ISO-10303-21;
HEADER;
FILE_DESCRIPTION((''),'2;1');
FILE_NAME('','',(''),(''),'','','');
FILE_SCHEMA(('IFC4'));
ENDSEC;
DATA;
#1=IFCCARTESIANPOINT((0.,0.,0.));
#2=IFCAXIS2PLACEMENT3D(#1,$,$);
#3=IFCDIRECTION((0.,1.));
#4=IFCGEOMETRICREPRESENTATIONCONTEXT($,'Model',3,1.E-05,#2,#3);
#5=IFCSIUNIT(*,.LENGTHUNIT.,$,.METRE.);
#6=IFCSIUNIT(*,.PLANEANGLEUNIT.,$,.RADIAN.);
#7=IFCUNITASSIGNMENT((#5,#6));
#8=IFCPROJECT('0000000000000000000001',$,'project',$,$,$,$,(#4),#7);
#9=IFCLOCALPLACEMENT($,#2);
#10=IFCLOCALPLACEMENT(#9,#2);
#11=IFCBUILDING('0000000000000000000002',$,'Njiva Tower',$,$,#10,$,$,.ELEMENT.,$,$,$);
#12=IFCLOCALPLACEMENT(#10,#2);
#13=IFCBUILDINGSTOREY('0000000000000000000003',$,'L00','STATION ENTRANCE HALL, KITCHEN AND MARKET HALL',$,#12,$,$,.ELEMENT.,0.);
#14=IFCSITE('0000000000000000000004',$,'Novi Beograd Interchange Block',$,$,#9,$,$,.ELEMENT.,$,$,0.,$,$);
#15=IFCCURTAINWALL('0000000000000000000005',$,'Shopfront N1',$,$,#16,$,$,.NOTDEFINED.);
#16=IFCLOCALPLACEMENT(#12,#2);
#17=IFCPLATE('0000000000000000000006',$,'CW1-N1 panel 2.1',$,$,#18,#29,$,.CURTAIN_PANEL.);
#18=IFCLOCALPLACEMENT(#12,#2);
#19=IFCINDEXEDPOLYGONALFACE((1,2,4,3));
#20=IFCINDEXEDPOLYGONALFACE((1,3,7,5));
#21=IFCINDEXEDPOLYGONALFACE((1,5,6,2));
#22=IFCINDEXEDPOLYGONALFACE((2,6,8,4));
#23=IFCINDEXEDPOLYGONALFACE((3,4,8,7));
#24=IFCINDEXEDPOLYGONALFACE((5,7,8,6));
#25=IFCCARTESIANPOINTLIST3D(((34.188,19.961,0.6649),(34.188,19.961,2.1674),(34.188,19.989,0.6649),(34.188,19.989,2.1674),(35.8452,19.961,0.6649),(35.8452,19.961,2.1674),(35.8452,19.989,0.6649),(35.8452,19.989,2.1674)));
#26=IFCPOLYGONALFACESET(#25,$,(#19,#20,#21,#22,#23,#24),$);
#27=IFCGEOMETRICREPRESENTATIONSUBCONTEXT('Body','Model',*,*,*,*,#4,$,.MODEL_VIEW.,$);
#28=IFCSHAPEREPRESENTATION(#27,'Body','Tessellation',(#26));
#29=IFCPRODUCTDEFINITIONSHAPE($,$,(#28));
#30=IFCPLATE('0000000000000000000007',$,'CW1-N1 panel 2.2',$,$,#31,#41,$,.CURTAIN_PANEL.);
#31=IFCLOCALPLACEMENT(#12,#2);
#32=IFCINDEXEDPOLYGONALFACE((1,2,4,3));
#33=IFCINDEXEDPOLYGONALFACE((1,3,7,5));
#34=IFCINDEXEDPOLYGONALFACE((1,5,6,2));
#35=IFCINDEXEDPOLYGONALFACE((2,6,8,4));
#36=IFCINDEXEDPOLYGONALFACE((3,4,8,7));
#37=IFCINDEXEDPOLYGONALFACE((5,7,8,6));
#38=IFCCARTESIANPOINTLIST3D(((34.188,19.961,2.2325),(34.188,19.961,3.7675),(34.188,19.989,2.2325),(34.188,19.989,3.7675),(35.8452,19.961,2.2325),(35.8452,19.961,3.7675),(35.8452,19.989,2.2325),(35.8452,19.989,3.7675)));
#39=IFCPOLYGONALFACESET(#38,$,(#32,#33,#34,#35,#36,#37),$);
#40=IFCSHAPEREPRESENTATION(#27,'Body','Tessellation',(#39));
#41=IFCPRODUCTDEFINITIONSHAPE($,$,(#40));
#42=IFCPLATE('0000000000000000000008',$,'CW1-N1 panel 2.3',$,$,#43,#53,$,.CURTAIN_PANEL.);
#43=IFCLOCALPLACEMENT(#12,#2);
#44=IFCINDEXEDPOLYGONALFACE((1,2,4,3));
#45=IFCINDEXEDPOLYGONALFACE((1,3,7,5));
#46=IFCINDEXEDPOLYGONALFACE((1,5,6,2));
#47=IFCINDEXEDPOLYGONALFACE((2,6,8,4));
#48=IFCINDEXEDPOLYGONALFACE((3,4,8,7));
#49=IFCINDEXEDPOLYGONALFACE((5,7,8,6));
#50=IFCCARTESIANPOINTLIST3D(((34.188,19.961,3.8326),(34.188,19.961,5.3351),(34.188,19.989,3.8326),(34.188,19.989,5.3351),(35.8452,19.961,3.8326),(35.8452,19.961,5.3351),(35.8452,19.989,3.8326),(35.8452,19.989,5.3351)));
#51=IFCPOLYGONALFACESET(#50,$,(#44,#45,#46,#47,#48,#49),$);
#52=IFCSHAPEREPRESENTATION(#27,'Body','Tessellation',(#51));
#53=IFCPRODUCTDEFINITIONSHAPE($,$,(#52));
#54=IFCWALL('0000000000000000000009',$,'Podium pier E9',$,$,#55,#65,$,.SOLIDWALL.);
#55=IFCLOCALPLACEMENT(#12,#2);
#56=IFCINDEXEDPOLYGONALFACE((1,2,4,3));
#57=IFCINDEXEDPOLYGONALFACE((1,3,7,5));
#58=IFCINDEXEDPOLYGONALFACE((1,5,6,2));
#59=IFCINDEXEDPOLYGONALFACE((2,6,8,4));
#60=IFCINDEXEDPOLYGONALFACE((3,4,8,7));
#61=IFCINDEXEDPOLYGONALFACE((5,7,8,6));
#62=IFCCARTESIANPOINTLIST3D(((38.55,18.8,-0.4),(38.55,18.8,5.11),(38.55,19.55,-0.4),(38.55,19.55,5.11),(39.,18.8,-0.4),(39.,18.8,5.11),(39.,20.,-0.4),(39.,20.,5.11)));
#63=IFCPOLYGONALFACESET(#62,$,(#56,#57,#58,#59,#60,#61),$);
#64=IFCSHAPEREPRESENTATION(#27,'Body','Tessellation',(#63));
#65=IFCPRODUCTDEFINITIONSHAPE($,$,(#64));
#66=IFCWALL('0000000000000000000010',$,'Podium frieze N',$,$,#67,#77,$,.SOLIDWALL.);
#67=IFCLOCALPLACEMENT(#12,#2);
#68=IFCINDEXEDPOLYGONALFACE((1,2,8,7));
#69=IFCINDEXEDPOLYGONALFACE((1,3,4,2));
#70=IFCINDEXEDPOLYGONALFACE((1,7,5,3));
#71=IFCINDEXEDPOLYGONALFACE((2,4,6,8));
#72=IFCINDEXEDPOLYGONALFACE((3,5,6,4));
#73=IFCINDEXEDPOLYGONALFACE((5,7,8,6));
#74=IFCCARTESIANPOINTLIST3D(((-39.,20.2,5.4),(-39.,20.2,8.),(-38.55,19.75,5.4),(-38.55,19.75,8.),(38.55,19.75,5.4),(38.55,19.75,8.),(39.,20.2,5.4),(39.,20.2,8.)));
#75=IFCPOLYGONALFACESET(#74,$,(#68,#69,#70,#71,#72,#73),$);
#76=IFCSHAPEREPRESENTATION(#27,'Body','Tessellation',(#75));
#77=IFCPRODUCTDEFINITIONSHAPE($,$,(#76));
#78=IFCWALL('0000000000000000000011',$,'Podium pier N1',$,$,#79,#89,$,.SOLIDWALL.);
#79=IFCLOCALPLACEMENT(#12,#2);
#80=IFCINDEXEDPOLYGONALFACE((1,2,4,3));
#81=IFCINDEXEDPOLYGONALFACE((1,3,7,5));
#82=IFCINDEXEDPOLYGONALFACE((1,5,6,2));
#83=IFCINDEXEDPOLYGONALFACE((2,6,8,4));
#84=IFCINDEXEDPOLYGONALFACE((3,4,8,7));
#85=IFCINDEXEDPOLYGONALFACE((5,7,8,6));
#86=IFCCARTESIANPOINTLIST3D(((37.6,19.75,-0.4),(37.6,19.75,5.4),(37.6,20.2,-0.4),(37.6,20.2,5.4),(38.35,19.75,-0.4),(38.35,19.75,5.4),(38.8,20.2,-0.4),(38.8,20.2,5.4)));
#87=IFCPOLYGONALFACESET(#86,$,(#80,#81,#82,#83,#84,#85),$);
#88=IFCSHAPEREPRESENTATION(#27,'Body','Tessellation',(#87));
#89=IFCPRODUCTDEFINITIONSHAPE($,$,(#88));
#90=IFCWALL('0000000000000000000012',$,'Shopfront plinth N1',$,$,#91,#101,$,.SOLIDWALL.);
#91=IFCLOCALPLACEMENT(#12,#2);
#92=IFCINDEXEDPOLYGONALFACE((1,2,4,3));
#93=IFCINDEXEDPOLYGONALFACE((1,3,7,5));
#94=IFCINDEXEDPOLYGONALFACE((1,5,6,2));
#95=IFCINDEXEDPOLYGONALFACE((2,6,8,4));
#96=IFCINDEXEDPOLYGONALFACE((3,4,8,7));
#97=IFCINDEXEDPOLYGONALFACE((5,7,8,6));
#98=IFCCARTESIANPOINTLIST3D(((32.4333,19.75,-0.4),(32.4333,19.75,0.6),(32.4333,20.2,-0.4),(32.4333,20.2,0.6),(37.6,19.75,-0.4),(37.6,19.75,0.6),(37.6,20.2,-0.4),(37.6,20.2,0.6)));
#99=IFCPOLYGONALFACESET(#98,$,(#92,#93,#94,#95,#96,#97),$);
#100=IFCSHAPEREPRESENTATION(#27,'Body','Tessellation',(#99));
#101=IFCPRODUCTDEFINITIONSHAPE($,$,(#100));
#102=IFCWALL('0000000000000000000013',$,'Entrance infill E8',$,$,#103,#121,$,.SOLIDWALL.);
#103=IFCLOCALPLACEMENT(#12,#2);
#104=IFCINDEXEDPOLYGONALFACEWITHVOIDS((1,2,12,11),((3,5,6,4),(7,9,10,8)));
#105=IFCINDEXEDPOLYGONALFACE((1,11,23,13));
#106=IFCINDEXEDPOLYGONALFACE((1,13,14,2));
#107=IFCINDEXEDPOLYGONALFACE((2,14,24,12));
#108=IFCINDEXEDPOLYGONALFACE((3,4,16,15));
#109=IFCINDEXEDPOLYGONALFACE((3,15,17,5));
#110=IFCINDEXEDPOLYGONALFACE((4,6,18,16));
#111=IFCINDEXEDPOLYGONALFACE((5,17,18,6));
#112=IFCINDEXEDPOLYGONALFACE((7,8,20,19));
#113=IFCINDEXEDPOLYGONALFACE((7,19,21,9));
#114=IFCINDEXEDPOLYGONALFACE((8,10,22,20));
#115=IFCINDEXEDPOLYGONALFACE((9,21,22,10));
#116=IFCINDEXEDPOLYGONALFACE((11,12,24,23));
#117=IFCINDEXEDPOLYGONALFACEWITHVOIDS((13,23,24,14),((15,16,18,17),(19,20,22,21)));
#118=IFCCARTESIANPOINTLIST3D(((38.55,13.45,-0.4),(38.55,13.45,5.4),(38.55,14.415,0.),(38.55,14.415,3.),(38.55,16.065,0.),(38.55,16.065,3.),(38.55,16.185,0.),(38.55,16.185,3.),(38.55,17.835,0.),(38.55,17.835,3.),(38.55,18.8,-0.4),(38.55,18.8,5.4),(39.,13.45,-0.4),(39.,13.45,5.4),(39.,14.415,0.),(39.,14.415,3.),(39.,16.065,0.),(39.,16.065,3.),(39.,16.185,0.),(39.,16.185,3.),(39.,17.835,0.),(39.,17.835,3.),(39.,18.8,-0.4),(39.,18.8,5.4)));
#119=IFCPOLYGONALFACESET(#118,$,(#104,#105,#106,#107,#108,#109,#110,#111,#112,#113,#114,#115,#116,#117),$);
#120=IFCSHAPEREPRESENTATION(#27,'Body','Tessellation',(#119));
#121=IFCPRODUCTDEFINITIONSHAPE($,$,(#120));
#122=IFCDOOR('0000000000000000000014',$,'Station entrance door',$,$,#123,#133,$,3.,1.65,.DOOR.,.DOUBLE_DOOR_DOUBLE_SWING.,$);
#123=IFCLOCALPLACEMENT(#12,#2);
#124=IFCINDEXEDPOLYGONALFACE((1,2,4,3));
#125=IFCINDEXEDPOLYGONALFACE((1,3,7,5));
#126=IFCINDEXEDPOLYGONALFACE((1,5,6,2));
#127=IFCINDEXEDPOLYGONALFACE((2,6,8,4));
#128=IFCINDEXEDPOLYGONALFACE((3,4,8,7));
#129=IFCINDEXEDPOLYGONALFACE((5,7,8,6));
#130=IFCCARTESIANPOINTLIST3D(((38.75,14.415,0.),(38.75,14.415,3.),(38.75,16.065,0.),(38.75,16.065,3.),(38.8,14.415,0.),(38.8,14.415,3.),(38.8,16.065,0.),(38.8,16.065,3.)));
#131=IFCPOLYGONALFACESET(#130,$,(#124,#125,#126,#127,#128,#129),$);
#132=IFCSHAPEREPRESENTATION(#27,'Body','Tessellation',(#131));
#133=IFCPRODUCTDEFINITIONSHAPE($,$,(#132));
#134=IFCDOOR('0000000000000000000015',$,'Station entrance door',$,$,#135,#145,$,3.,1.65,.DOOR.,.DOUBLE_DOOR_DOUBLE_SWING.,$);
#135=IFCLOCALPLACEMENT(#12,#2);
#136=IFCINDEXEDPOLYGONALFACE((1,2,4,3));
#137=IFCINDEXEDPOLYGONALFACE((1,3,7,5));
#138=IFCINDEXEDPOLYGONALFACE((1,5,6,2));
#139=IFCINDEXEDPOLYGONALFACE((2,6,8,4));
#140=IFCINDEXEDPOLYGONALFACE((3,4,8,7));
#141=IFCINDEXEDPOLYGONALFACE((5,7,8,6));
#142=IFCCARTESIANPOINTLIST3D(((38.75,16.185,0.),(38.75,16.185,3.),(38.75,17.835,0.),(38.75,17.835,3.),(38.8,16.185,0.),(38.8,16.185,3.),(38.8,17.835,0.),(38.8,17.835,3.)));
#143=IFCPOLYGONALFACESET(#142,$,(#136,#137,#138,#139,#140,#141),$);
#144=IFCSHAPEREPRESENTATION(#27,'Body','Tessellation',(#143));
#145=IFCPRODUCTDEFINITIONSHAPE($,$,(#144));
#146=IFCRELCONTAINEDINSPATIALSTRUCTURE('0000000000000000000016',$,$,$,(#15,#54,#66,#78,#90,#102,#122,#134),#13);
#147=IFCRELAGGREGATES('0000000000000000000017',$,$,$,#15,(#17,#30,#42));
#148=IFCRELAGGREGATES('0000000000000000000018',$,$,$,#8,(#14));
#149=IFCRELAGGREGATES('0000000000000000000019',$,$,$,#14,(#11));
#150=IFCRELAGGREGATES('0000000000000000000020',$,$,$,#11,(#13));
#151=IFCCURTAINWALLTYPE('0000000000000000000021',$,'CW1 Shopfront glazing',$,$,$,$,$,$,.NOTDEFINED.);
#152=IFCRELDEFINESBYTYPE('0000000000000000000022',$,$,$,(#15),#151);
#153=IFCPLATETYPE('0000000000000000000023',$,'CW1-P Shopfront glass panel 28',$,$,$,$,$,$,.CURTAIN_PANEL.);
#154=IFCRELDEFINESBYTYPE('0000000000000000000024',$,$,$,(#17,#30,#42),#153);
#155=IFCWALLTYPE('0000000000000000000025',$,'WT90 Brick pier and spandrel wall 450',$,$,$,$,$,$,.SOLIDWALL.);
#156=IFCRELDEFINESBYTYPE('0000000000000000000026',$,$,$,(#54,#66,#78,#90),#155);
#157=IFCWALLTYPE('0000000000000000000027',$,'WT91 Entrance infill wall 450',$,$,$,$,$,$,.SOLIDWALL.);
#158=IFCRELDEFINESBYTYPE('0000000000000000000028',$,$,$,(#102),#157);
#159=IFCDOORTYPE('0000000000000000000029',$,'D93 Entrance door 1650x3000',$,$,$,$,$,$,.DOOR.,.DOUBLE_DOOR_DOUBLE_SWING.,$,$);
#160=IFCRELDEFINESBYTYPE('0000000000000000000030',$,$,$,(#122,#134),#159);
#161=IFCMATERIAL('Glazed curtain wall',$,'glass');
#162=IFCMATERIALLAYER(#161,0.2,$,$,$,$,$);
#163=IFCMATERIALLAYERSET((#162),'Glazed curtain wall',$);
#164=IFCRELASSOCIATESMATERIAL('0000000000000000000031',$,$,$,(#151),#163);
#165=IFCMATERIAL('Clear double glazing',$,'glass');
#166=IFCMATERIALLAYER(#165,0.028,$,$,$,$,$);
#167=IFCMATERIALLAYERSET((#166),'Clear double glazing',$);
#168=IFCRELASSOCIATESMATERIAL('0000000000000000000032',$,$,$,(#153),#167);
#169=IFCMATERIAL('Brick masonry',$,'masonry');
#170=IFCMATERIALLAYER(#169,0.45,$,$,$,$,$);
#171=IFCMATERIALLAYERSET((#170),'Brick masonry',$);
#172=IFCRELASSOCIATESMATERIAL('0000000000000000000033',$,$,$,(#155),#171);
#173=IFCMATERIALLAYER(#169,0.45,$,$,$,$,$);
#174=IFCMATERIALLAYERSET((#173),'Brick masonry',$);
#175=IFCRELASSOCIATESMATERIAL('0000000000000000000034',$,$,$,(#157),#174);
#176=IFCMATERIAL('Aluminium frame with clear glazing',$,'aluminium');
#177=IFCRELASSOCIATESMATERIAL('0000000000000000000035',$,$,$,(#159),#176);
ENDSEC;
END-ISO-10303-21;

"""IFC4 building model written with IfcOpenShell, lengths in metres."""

from ifc_helpers import new_model, si_unit, direction, frame, frame_2d, origin, origin_2d, place, context, subcontext, project, spatial, polyline, rectangle, outline, extrude, material, layer, layer_set, type_object, element, fill, aggregate, save


model = new_model("IFC4")

# Units and contexts
model_context = context("Model", 3, precision=1e-05, world=origin(), true_north=direction((0.0, 1.0)))
body_context = subcontext(model_context, "Body", "Model", "MODEL_VIEW")
ifc_project = project(units=[si_unit("LENGTHUNIT", "METRE"), si_unit("PLANEANGLEUNIT", "RADIAN")], contexts=[model_context])

# Site, building, storey
site_placement = place(None, origin())
site = spatial("IfcSite", under=ifc_project, at=site_placement, Name="Novi Beograd Interchange Block", CompositionType="ELEMENT", RefElevation=0.0)
building_placement = place(site_placement, origin())
building = spatial("IfcBuilding", under=site, at=building_placement, Name="Njiva Tower", CompositionType="ELEMENT")
storey_placement = place(building_placement, origin())
storey = spatial("IfcBuildingStorey", under=building, at=storey_placement, Name="L00", Description="STATION ENTRANCE HALL, KITCHEN AND MARKET HALL", CompositionType="ELEMENT", Elevation=0.0)

# Curtain wall, plates
ifc_material_1 = material(Name="Glazed curtain wall", Category="glass")
ifc_layer_1 = layer(ifc_material_1, 0.2)
ifc_layer_set_1 = layer_set([ifc_layer_1], Name="Glazed curtain wall")
curtain_wall_type = type_object("IfcCurtainWallType", Name="CW1 Shopfront glazing", PredefinedType="NOTDEFINED", material=ifc_layer_set_1)
curtain_wall_placement = place(storey_placement, origin())
curtain_wall = element("IfcCurtainWall", 1, at=curtain_wall_placement, inside=storey, type_object=curtain_wall_type, Name="Shopfront N1", PredefinedType="NOTDEFINED")
ifc_material_2 = material(Name="Clear double glazing", Category="glass")
ifc_layer_2 = layer(ifc_material_2, 0.028)
ifc_layer_set_2 = layer_set([ifc_layer_2], Name="Clear double glazing")
plate_type = type_object("IfcPlateType", Name="CW1-P Shopfront glass panel 28", PredefinedType="CURTAIN_PANEL", material=ifc_layer_set_2)
plate_1_placement = place(storey_placement, frame((35.0166, 19.975, 0.6649), z_axis=(0.0, 0.0, 1.0), x_axis=(-1.0, 0.0, 0.0)))
plate_1 = element("IfcPlate", 2, at=plate_1_placement, type_object=plate_type, Name="CW1-N1 panel 2.1", PredefinedType="CURTAIN_PANEL", context=body_context, shape_type="SweptSolid", body=[
    extrude(rectangle(XDim=1.6572, YDim=0.028, at=origin_2d()), origin(), (0.0, 0.0, 1.0), 1.5025),
])
plate_2_placement = place(storey_placement, frame((35.0166, 19.975, 2.2325), z_axis=(0.0, 0.0, 1.0), x_axis=(-1.0, 0.0, 0.0)))
plate_2 = element("IfcPlate", 3, at=plate_2_placement, type_object=plate_type, Name="CW1-N1 panel 2.2", PredefinedType="CURTAIN_PANEL", context=body_context, shape_type="SweptSolid", body=[
    extrude(rectangle(XDim=1.6572, YDim=0.028, at=origin_2d()), origin(), (0.0, 0.0, 1.0), 1.535),
])
plate_3_placement = place(storey_placement, frame((35.0166, 19.975, 3.8326), z_axis=(0.0, 0.0, 1.0), x_axis=(-1.0, 0.0, 0.0)))
plate_3 = element("IfcPlate", 4, at=plate_3_placement, type_object=plate_type, Name="CW1-N1 panel 2.3", PredefinedType="CURTAIN_PANEL", context=body_context, shape_type="SweptSolid", body=[
    extrude(rectangle(XDim=1.6572, YDim=0.028, at=origin_2d()), origin(), (0.0, 0.0, 1.0), 1.5025),
])
aggregate(curtain_wall, [plate_1, plate_2, plate_3])

# Walls
ifc_material_3 = material(Name="Brick masonry", Category="masonry")
ifc_layer_3 = layer(ifc_material_3, 0.45)
ifc_layer_set_3 = layer_set([ifc_layer_3], Name="Brick masonry")
wall_type_1 = type_object("IfcWallType", Name="WT90 Brick pier and spandrel wall 450", PredefinedType="SOLIDWALL", material=ifc_layer_set_3)
wall_1_placement = place(storey_placement, frame((38.775, 18.8, -0.4), z_axis=(0.0, 0.0, 1.0), x_axis=(0.0, 1.0, 0.0)))
element("IfcWall", 5, at=wall_1_placement, inside=storey, type_object=wall_type_1, Name="Podium pier E9", PredefinedType="SOLIDWALL", context=body_context, shape_type="SweptSolid", body=[
    extrude(outline(polyline([(0.0, -0.225), (1.2, -0.225), (0.75, 0.225), (0.0, 0.225), (0.0, -0.225)])), origin(), (0.0, 0.0, 1.0), 5.51),
])
wall_2_placement = place(storey_placement, frame((38.775, 19.975, 5.4), z_axis=(0.0, 0.0, 1.0), x_axis=(-1.0, 0.0, 0.0)))
element("IfcWall", 6, at=wall_2_placement, inside=storey, type_object=wall_type_1, Name="Podium frieze N", PredefinedType="SOLIDWALL", context=body_context, shape_type="SweptSolid", body=[
    extrude(outline(polyline([(-0.225, -0.225), (77.775, -0.225), (77.325, 0.225), (0.225, 0.225), (-0.225, -0.225)])), origin(), (0.0, 0.0, 1.0), 2.6),
])
wall_3_placement = place(storey_placement, frame((38.575, 19.975, -0.4), z_axis=(0.0, 0.0, 1.0), x_axis=(-1.0, 0.0, 0.0)))
element("IfcWall", 7, at=wall_3_placement, inside=storey, type_object=wall_type_1, Name="Podium pier N1", PredefinedType="SOLIDWALL", context=body_context, shape_type="SweptSolid", body=[
    extrude(outline(polyline([(-0.225, -0.225), (0.975, -0.225), (0.975, 0.225), (0.225, 0.225), (-0.225, -0.225)])), origin(), (0.0, 0.0, 1.0), 5.8),
])
wall_4_placement = place(storey_placement, frame((37.6, 19.975, -0.4), z_axis=(0.0, 0.0, 1.0), x_axis=(-1.0, 0.0, 0.0)))
element("IfcWall", 8, at=wall_4_placement, inside=storey, type_object=wall_type_1, Name="Shopfront plinth N1", PredefinedType="SOLIDWALL", context=body_context, shape_type="SweptSolid", body=[
    extrude(outline(polyline([(0.0, -0.225), (5.1667, -0.225), (5.1667, 0.225), (0.0, 0.225), (0.0, -0.225)])), origin(), (0.0, 0.0, 1.0), 1.0),
])

# Wall, openings, doors
ifc_layer_4 = layer(ifc_material_3, 0.45)
ifc_layer_set_4 = layer_set([ifc_layer_4], Name="Brick masonry")
wall_type_2 = type_object("IfcWallType", Name="WT91 Entrance infill wall 450", PredefinedType="SOLIDWALL", material=ifc_layer_set_4)
wall_5_placement = place(storey_placement, frame((38.775, 13.45, -0.4), z_axis=(0.0, 0.0, 1.0), x_axis=(0.0, 1.0, 0.0)))
wall_5 = element("IfcWall", 9, at=wall_5_placement, inside=storey, type_object=wall_type_2, Name="Entrance infill E8", PredefinedType="SOLIDWALL", context=body_context, shape_type="SweptSolid", body=[
    extrude(outline(polyline([(0.0, -0.225), (5.35, -0.225), (5.35, 0.225), (0.0, 0.225), (0.0, -0.225)])), origin(), (0.0, 0.0, 1.0), 5.8),
])
opening_1_placement = place(wall_5_placement, frame((0.965, 0.0, 0.4)))
opening_1 = element("IfcOpeningElement", 10, at=opening_1_placement, cuts=wall_5, PredefinedType="OPENING", context=body_context, shape_type="SweptSolid", body=[
    extrude(rectangle(XDim=1.65, YDim=3.0, at=frame_2d((0.825, 1.5))), frame((0.0, 0.235, 0.0), z_axis=(0.0, -1.0, 0.0), x_axis=(1.0, 0.0, 0.0)), (0.0, 0.0, 1.0), 0.47),
])
opening_2_placement = place(wall_5_placement, frame((2.735, 0.0, 0.4)))
opening_2 = element("IfcOpeningElement", 11, at=opening_2_placement, cuts=wall_5, PredefinedType="OPENING", context=body_context, shape_type="SweptSolid", body=[
    extrude(rectangle(XDim=1.65, YDim=3.0, at=frame_2d((0.825, 1.5))), frame((0.0, 0.235, 0.0), z_axis=(0.0, -1.0, 0.0), x_axis=(1.0, 0.0, 0.0)), (0.0, 0.0, 1.0), 0.47),
])
ifc_material_4 = material(Name="Aluminium frame with clear glazing", Category="aluminium")
door_type = type_object("IfcDoorType", Name="D93 Entrance door 1650x3000", OperationType="DOUBLE_DOOR_DOUBLE_SWING", PredefinedType="DOOR", material=ifc_material_4)
door_1_placement = place(opening_1_placement, frame((1.65, 0.0, 0.0), z_axis=(0.0, 0.0, 1.0), x_axis=(-1.0, 0.0, 0.0)))
door_1 = element("IfcDoor", 12, at=door_1_placement, inside=storey, type_object=door_type, Name="Station entrance door", OperationType="DOUBLE_DOOR_DOUBLE_SWING", OverallHeight=3.0, OverallWidth=1.65, PredefinedType="DOOR", context=body_context, shape_type="SweptSolid", body=[
    extrude(rectangle(XDim=1.65, YDim=3.0, at=frame_2d((0.825, 1.5))), frame((0.0, 0.025, 0.0), z_axis=(0.0, -1.0, 0.0), x_axis=(1.0, 0.0, 0.0)), (0.0, 0.0, 1.0), 0.05),
])
fill(opening_1, door_1)
door_2_placement = place(opening_2_placement, frame((1.65, 0.0, 0.0), z_axis=(0.0, 0.0, 1.0), x_axis=(-1.0, 0.0, 0.0)))
door_2 = element("IfcDoor", 13, at=door_2_placement, inside=storey, type_object=door_type, Name="Station entrance door", OperationType="DOUBLE_DOOR_DOUBLE_SWING", OverallHeight=3.0, OverallWidth=1.65, PredefinedType="DOOR", context=body_context, shape_type="SweptSolid", body=[
    extrude(rectangle(XDim=1.65, YDim=3.0, at=frame_2d((0.825, 1.5))), frame((0.0, 0.025, 0.0), z_axis=(0.0, -1.0, 0.0), x_axis=(1.0, 0.0, 0.0)), (0.0, 0.0, 1.0), 0.05),
])
fill(opening_2, door_2)

save(model, "model.ifc")
